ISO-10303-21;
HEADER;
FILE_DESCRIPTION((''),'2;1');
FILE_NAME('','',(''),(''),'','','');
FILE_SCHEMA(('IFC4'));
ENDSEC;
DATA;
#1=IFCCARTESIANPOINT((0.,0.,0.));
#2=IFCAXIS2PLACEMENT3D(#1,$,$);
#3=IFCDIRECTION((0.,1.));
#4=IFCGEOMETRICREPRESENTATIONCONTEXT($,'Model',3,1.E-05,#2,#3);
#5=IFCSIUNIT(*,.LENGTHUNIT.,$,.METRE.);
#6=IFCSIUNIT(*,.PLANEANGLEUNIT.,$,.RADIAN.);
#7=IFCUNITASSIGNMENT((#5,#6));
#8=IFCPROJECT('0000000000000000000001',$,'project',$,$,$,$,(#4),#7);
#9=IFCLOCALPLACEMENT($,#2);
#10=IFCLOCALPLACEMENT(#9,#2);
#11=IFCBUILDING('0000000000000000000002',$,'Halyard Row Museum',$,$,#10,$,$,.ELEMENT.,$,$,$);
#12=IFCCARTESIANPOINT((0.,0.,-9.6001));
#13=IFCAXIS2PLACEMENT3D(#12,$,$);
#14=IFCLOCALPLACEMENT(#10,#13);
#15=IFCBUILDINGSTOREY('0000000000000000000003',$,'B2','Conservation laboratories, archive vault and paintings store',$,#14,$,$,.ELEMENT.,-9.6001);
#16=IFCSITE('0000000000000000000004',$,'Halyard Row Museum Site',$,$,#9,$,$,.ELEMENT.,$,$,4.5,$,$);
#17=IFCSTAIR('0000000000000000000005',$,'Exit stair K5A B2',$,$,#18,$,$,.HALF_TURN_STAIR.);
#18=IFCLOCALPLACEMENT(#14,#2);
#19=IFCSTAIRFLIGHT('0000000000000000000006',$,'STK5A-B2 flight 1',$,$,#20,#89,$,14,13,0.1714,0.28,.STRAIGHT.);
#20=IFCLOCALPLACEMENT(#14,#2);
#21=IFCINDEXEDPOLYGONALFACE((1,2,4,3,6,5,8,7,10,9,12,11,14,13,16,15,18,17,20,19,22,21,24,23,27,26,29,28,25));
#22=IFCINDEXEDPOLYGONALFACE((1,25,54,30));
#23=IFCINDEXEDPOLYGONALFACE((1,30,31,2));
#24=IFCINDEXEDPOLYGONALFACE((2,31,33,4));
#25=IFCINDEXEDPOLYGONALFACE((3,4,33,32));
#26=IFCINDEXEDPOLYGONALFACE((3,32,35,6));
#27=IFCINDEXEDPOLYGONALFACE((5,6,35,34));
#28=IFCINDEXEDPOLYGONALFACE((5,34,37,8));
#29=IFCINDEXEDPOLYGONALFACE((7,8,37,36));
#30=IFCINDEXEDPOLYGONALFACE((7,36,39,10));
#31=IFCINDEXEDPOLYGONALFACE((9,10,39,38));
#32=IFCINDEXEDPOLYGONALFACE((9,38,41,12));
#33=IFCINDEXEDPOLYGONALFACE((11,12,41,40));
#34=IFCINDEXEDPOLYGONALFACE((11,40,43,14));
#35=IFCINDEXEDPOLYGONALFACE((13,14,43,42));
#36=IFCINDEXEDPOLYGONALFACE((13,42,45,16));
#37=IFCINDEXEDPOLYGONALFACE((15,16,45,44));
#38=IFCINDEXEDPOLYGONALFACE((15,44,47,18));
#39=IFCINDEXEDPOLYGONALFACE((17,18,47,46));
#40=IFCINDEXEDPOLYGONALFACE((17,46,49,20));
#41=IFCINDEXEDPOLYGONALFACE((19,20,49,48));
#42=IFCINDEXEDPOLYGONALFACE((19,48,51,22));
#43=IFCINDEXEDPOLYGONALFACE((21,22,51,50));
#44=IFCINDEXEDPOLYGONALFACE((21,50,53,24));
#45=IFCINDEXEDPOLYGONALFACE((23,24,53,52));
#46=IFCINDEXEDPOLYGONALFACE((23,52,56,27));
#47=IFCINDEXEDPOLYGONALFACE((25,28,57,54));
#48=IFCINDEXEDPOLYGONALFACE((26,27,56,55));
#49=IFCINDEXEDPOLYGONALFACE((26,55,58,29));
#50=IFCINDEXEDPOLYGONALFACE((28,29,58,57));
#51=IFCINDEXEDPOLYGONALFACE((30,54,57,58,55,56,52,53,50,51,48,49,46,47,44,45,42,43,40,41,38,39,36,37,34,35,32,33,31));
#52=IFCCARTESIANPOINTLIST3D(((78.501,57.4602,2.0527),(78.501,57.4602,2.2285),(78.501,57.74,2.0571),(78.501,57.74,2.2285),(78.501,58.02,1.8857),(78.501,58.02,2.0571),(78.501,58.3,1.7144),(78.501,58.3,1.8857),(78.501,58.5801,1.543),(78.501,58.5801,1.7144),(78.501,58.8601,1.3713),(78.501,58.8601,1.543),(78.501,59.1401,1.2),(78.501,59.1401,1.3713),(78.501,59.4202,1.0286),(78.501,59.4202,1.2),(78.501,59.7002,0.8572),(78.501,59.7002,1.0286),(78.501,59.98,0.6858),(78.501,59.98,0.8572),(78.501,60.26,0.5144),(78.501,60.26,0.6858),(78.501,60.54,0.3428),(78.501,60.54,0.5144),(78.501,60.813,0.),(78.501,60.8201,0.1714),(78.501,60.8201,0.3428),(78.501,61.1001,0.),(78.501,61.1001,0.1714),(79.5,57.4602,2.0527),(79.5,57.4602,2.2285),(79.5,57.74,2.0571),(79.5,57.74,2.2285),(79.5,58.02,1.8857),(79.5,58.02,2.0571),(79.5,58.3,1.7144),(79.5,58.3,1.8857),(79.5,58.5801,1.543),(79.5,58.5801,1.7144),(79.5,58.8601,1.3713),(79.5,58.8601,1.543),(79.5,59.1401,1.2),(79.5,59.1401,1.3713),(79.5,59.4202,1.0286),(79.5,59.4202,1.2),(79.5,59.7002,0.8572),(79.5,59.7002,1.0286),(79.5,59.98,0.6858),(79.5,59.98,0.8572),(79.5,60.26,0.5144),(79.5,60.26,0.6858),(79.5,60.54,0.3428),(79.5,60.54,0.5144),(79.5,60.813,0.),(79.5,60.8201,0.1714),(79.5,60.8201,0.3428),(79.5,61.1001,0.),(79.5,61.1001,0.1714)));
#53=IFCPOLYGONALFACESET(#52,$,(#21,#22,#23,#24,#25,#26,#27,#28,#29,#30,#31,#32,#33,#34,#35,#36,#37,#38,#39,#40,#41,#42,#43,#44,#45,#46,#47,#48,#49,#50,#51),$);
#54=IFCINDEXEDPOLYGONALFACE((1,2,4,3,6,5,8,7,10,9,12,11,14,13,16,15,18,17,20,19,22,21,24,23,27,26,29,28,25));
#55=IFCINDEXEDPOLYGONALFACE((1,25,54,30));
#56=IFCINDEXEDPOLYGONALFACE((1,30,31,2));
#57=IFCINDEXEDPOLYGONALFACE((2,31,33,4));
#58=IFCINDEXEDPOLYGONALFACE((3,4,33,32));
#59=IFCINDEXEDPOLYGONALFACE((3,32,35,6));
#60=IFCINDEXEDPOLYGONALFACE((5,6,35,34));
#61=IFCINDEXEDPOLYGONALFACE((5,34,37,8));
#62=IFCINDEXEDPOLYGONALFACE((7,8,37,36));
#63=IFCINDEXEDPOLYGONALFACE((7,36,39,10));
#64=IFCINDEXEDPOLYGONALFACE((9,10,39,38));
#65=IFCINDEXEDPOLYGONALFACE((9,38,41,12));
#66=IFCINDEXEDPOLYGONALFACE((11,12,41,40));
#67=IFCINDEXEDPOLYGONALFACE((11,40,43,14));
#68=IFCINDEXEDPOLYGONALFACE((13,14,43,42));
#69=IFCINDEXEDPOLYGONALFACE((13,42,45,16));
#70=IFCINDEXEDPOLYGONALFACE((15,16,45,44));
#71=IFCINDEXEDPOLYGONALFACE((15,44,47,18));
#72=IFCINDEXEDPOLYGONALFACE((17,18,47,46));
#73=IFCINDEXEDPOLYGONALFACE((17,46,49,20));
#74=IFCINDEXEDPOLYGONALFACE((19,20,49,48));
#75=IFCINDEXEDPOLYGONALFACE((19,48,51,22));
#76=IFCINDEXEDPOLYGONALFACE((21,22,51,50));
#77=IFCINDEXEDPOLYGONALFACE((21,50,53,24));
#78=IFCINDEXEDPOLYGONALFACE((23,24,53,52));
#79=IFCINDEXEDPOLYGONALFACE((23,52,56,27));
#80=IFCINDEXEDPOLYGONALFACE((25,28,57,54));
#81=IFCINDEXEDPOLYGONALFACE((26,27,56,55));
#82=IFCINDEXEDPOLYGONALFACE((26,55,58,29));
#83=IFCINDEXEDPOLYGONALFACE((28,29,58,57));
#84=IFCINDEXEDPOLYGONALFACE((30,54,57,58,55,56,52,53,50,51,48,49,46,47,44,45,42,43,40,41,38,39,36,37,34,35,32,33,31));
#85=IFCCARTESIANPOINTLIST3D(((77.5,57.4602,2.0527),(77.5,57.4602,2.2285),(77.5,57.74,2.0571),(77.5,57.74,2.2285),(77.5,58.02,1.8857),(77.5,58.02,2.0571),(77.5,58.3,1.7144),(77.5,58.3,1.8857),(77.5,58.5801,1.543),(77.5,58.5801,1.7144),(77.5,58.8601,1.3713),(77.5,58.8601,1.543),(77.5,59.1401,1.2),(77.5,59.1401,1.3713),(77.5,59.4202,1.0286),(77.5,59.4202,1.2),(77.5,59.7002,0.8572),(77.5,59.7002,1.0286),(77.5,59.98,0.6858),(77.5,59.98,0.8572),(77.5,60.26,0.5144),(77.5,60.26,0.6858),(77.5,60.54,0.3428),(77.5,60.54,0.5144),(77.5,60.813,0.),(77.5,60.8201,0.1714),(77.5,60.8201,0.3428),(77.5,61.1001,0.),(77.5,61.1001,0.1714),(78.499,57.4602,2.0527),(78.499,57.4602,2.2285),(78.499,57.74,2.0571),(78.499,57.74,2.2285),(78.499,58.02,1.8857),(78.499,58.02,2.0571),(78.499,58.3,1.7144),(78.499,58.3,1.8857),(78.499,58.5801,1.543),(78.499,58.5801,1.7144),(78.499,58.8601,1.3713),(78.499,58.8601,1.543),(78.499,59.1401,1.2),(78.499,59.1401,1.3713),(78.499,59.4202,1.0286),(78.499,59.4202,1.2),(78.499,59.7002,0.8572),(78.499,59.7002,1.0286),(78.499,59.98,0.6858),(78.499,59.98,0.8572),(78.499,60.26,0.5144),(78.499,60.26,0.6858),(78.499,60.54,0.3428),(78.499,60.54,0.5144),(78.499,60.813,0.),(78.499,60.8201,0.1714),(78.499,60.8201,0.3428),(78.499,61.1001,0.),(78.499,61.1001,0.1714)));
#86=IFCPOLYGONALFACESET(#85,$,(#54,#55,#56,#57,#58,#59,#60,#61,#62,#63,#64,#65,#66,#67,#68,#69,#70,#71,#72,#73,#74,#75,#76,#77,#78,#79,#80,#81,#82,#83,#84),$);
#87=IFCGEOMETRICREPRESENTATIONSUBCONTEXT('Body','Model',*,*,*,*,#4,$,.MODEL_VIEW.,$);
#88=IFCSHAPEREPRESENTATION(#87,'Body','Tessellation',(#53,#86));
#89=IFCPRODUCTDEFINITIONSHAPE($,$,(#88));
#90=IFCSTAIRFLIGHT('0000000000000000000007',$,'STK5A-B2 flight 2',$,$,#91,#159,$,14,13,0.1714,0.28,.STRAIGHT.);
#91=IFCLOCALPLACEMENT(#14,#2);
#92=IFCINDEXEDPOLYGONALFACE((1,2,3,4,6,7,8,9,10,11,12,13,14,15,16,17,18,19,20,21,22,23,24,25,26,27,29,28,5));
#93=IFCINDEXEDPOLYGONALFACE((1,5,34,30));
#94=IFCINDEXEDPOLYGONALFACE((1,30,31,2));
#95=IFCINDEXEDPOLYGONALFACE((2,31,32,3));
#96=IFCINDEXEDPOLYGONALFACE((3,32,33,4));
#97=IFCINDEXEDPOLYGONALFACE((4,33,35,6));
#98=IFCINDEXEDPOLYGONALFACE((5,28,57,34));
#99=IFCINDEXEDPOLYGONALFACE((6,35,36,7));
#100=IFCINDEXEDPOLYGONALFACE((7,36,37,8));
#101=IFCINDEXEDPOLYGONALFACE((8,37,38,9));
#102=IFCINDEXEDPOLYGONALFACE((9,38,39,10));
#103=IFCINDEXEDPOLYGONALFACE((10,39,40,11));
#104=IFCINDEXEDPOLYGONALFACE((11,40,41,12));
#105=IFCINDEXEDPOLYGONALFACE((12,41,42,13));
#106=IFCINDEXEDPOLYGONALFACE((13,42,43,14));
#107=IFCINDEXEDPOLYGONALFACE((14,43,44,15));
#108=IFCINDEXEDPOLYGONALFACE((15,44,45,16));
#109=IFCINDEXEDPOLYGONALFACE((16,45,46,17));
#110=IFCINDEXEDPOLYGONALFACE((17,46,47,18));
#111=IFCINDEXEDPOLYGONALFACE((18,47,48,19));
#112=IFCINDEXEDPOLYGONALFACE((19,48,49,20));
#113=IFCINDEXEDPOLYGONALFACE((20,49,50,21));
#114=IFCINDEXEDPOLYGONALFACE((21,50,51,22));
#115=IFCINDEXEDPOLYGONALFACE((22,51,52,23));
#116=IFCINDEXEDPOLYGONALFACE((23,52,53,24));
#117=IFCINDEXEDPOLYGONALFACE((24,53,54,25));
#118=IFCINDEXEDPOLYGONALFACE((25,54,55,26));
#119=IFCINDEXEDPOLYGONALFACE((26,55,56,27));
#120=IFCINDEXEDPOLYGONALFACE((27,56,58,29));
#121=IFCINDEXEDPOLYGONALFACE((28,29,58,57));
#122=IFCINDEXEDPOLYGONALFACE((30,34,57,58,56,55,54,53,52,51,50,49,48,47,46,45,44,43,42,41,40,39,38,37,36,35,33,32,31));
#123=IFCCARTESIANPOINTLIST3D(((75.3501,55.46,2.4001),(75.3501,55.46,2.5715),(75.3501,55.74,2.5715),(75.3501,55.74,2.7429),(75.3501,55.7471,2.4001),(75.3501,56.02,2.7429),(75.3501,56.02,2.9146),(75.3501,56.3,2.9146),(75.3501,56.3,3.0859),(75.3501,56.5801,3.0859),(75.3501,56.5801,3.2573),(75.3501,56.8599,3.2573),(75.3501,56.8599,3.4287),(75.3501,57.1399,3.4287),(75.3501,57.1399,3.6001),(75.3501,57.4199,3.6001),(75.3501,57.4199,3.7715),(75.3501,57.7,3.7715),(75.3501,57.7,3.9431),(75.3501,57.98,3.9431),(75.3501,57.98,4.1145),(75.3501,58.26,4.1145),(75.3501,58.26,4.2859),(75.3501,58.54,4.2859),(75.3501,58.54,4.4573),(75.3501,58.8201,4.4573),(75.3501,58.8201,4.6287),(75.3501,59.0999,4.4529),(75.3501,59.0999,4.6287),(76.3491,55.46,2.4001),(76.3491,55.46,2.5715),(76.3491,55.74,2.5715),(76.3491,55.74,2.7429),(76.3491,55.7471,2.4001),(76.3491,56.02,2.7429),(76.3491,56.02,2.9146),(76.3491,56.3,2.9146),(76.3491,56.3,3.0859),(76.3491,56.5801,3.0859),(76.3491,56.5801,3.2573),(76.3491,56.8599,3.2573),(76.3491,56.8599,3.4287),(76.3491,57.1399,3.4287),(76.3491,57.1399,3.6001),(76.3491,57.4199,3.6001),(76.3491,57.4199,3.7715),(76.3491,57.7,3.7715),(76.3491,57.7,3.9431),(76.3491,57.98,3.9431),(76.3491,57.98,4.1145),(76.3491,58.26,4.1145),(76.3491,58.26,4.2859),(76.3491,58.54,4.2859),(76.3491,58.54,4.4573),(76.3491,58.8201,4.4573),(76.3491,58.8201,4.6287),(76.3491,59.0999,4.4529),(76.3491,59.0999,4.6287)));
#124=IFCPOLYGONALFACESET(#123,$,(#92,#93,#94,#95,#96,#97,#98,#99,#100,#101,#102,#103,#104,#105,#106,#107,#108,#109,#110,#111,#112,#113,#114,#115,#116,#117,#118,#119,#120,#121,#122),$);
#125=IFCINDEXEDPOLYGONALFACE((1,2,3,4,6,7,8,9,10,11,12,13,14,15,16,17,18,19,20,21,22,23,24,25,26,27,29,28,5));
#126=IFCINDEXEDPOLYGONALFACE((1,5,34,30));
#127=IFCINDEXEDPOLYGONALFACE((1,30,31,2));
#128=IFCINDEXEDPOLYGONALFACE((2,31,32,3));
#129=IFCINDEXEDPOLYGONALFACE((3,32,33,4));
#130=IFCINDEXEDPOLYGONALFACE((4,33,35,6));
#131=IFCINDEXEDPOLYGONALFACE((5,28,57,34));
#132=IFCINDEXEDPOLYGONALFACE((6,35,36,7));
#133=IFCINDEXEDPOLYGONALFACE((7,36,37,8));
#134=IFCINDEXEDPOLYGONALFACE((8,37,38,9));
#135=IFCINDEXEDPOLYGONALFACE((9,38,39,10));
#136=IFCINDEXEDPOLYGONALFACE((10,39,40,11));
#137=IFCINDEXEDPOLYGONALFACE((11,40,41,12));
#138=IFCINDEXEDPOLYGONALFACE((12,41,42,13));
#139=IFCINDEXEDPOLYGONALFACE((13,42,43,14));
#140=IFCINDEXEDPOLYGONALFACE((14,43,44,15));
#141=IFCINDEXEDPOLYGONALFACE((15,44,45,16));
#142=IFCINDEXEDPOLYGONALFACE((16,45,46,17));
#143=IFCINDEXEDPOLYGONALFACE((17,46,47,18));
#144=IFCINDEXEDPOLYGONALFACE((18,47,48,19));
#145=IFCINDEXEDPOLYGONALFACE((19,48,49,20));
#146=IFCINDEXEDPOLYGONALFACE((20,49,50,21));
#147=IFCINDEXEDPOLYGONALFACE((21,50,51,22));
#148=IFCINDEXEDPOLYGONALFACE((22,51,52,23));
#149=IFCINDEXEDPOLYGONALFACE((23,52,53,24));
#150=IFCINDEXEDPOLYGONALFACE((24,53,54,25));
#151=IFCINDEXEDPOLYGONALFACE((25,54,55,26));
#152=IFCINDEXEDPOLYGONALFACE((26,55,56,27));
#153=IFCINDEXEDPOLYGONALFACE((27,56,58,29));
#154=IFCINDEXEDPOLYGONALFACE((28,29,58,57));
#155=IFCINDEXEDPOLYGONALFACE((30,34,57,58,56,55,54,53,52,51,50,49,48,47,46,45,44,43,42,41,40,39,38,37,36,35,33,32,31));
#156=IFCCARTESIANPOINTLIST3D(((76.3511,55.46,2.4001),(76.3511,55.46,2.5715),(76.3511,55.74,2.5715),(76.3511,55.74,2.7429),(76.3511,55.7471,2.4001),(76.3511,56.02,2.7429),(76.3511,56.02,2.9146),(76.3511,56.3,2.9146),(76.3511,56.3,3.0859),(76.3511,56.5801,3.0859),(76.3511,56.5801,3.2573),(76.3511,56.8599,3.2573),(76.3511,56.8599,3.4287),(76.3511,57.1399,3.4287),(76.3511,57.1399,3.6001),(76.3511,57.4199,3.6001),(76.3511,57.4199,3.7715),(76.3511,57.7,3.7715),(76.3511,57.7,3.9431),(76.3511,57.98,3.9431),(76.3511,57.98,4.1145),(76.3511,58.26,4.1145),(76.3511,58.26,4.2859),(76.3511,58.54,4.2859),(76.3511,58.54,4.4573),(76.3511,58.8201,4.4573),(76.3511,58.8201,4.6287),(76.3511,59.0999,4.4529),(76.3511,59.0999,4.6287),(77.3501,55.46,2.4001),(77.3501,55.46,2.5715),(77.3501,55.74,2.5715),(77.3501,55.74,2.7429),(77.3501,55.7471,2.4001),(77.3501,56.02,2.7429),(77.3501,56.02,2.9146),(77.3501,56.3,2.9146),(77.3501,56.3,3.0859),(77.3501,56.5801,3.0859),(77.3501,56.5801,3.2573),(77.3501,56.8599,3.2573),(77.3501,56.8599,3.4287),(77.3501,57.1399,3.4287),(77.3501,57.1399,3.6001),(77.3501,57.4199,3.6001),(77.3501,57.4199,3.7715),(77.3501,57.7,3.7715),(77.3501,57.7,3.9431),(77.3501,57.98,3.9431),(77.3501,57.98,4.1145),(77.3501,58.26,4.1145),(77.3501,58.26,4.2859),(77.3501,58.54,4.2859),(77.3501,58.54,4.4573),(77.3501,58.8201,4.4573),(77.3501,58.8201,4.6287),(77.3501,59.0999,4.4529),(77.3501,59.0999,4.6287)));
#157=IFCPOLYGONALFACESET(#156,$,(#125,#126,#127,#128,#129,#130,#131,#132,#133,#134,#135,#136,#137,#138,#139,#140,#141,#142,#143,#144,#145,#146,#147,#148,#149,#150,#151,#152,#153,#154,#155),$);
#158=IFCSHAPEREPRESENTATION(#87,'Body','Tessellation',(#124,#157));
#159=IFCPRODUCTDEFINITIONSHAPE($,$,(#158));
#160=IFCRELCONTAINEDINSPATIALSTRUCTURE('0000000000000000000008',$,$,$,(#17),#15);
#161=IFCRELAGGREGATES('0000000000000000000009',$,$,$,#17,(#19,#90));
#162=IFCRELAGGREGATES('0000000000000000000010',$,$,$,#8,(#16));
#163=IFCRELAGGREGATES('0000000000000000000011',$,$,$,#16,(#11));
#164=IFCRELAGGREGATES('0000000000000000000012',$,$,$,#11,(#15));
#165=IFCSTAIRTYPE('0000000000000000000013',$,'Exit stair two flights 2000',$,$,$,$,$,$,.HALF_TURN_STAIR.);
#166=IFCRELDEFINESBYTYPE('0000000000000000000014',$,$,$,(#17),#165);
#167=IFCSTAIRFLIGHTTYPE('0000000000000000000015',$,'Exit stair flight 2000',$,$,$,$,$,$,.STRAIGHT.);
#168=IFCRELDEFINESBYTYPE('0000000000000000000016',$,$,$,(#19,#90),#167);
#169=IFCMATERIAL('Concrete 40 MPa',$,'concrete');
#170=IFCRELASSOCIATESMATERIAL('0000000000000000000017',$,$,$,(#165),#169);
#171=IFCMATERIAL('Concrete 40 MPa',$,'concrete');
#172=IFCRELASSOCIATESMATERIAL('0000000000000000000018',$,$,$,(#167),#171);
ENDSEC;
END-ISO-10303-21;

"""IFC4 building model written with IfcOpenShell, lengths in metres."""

from ifc_helpers import new_model, si_unit, direction, frame, origin, place, context, subcontext, project, spatial, polyline, outline, extrude, material, type_object, element, aggregate, save


model = new_model("IFC4")

# Units and contexts
model_context = context("Model", 3, precision=1e-05, world=origin(), true_north=direction((0.0, 1.0)))
body_context = subcontext(model_context, "Body", "Model", "MODEL_VIEW")
ifc_project = project(units=[si_unit("LENGTHUNIT", "METRE"), si_unit("PLANEANGLEUNIT", "RADIAN")], contexts=[model_context])

# Site, building, storey
site_placement = place(None, origin())
site = spatial("IfcSite", under=ifc_project, at=site_placement, Name="Halyard Row Museum Site", CompositionType="ELEMENT", RefElevation=4.5)
building_placement = place(site_placement, origin())
building = spatial("IfcBuilding", under=site, at=building_placement, Name="Halyard Row Museum", CompositionType="ELEMENT")
storey_placement = place(building_placement, frame((0.0, 0.0, -9.6001)))
storey = spatial("IfcBuildingStorey", under=building, at=storey_placement, Name="B2", Description="Conservation laboratories, archive vault and paintings store", CompositionType="ELEMENT", Elevation=-9.6001)

# Stair, stair flights
ifc_material_1 = material(Name="Concrete 40 MPa", Category="concrete")
stair_type = type_object("IfcStairType", Name="Exit stair two flights 2000", PredefinedType="HALF_TURN_STAIR", material=ifc_material_1)
stair_placement = place(storey_placement, origin())
stair = element("IfcStair", 1, at=stair_placement, inside=storey, type_object=stair_type, Name="Exit stair K5A B2", PredefinedType="HALF_TURN_STAIR")
ifc_material_2 = material(Name="Concrete 40 MPa", Category="concrete")
stair_flight_type = type_object("IfcStairFlightType", Name="Exit stair flight 2000", PredefinedType="STRAIGHT", material=ifc_material_2)
stair_flight_1_placement = place(storey_placement, frame((78.5, 61.1001, 0.0), z_axis=(0.0, 0.0, 1.0), x_axis=(0.0, -1.0, 0.0)))
stair_flight_1 = element("IfcStairFlight", 2, at=stair_flight_1_placement, type_object=stair_flight_type, Name="STK5A-B2 flight 1", NumberOfRisers=14, NumberOfTreads=13, PredefinedType="STRAIGHT", RiserHeight=0.1714, TreadLength=0.28, context=body_context, shape_type="SweptSolid", body=[
    extrude(outline(polyline([(0.0, 0.0), (0.0, 0.1714), (0.28, 0.1714), (0.28, 0.3428), (0.5601, 0.3428), (0.5601, 0.5144), (0.8401, 0.5144), (0.8401, 0.6858), (1.1201, 0.6858), (1.1201, 0.8572), (1.3999, 0.8572), (1.3999, 1.0286), (1.6799, 1.0286), (1.6799, 1.2), (1.96, 1.2), (1.96, 1.3713), (2.24, 1.3713), (2.24, 1.543), (2.52, 1.543), (2.52, 1.7144), (2.8, 1.7144), (2.8, 1.8857), (3.0801, 1.8857), (3.0801, 2.0571), (3.3601, 2.0571), (3.3601, 2.2285), (3.6399, 2.2285), (3.6399, 2.3999), (3.6399, 2.0527), (0.2871, 0.0), (0.0, 0.0)])), frame((0.0, 1.0, 0.0), z_axis=(0.0, -1.0, 0.0), x_axis=(1.0, 0.0, 0.0)), (0.0, 0.0, 1.0), 0.999),
    extrude(outline(polyline([(0.0, 0.0), (0.0, 0.1714), (0.28, 0.1714), (0.28, 0.3428), (0.5601, 0.3428), (0.5601, 0.5144), (0.8401, 0.5144), (0.8401, 0.6858), (1.1201, 0.6858), (1.1201, 0.8572), (1.3999, 0.8572), (1.3999, 1.0286), (1.6799, 1.0286), (1.6799, 1.2), (1.96, 1.2), (1.96, 1.3713), (2.24, 1.3713), (2.24, 1.543), (2.52, 1.543), (2.52, 1.7144), (2.8, 1.7144), (2.8, 1.8857), (3.0801, 1.8857), (3.0801, 2.0571), (3.3601, 2.0571), (3.3601, 2.2285), (3.6399, 2.2285), (3.6399, 2.3999), (3.6399, 2.0527), (0.2871, 0.0), (0.0, 0.0)])), frame((0.0, -0.001, 0.0), z_axis=(0.0, -1.0, 0.0), x_axis=(1.0, 0.0, 0.0)), (0.0, 0.0, 1.0), 0.999),
])
stair_flight_2_placement = place(storey_placement, frame((76.3501, 55.46, 2.4001), z_axis=(0.0, 0.0, 1.0), x_axis=(0.0, 1.0, 0.0)))
stair_flight_2 = element("IfcStairFlight", 3, at=stair_flight_2_placement, type_object=stair_flight_type, Name="STK5A-B2 flight 2", NumberOfRisers=14, NumberOfTreads=13, PredefinedType="STRAIGHT", RiserHeight=0.1714, TreadLength=0.28, context=body_context, shape_type="SweptSolid", body=[
    extrude(outline(polyline([(0.0, 0.0), (0.0, 0.1714), (0.28, 0.1714), (0.28, 0.3428), (0.5601, 0.3428), (0.5601, 0.5144), (0.8401, 0.5144), (0.8401, 0.6858), (1.1201, 0.6858), (1.1201, 0.8572), (1.3999, 0.8572), (1.3999, 1.0286), (1.6799, 1.0286), (1.6799, 1.2), (1.96, 1.2), (1.96, 1.3713), (2.24, 1.3713), (2.24, 1.543), (2.52, 1.543), (2.52, 1.7144), (2.8, 1.7144), (2.8, 1.8857), (3.0801, 1.8857), (3.0801, 2.0571), (3.3601, 2.0571), (3.3601, 2.2285), (3.6399, 2.2285), (3.6399, 2.3999), (3.6399, 2.0527), (0.2871, 0.0), (0.0, 0.0)])), frame((0.0, 1.0, 0.0), z_axis=(0.0, -1.0, 0.0), x_axis=(1.0, 0.0, 0.0)), (0.0, 0.0, 1.0), 0.999),
    extrude(outline(polyline([(0.0, 0.0), (0.0, 0.1714), (0.28, 0.1714), (0.28, 0.3428), (0.5601, 0.3428), (0.5601, 0.5144), (0.8401, 0.5144), (0.8401, 0.6858), (1.1201, 0.6858), (1.1201, 0.8572), (1.3999, 0.8572), (1.3999, 1.0286), (1.6799, 1.0286), (1.6799, 1.2), (1.96, 1.2), (1.96, 1.3713), (2.24, 1.3713), (2.24, 1.543), (2.52, 1.543), (2.52, 1.7144), (2.8, 1.7144), (2.8, 1.8857), (3.0801, 1.8857), (3.0801, 2.0571), (3.3601, 2.0571), (3.3601, 2.2285), (3.6399, 2.2285), (3.6399, 2.3999), (3.6399, 2.0527), (0.2871, 0.0), (0.0, 0.0)])), frame((0.0, -0.001, 0.0), z_axis=(0.0, -1.0, 0.0), x_axis=(1.0, 0.0, 0.0)), (0.0, 0.0, 1.0), 0.999),
])
aggregate(stair, [stair_flight_1, stair_flight_2])

save(model, "model.ifc")
